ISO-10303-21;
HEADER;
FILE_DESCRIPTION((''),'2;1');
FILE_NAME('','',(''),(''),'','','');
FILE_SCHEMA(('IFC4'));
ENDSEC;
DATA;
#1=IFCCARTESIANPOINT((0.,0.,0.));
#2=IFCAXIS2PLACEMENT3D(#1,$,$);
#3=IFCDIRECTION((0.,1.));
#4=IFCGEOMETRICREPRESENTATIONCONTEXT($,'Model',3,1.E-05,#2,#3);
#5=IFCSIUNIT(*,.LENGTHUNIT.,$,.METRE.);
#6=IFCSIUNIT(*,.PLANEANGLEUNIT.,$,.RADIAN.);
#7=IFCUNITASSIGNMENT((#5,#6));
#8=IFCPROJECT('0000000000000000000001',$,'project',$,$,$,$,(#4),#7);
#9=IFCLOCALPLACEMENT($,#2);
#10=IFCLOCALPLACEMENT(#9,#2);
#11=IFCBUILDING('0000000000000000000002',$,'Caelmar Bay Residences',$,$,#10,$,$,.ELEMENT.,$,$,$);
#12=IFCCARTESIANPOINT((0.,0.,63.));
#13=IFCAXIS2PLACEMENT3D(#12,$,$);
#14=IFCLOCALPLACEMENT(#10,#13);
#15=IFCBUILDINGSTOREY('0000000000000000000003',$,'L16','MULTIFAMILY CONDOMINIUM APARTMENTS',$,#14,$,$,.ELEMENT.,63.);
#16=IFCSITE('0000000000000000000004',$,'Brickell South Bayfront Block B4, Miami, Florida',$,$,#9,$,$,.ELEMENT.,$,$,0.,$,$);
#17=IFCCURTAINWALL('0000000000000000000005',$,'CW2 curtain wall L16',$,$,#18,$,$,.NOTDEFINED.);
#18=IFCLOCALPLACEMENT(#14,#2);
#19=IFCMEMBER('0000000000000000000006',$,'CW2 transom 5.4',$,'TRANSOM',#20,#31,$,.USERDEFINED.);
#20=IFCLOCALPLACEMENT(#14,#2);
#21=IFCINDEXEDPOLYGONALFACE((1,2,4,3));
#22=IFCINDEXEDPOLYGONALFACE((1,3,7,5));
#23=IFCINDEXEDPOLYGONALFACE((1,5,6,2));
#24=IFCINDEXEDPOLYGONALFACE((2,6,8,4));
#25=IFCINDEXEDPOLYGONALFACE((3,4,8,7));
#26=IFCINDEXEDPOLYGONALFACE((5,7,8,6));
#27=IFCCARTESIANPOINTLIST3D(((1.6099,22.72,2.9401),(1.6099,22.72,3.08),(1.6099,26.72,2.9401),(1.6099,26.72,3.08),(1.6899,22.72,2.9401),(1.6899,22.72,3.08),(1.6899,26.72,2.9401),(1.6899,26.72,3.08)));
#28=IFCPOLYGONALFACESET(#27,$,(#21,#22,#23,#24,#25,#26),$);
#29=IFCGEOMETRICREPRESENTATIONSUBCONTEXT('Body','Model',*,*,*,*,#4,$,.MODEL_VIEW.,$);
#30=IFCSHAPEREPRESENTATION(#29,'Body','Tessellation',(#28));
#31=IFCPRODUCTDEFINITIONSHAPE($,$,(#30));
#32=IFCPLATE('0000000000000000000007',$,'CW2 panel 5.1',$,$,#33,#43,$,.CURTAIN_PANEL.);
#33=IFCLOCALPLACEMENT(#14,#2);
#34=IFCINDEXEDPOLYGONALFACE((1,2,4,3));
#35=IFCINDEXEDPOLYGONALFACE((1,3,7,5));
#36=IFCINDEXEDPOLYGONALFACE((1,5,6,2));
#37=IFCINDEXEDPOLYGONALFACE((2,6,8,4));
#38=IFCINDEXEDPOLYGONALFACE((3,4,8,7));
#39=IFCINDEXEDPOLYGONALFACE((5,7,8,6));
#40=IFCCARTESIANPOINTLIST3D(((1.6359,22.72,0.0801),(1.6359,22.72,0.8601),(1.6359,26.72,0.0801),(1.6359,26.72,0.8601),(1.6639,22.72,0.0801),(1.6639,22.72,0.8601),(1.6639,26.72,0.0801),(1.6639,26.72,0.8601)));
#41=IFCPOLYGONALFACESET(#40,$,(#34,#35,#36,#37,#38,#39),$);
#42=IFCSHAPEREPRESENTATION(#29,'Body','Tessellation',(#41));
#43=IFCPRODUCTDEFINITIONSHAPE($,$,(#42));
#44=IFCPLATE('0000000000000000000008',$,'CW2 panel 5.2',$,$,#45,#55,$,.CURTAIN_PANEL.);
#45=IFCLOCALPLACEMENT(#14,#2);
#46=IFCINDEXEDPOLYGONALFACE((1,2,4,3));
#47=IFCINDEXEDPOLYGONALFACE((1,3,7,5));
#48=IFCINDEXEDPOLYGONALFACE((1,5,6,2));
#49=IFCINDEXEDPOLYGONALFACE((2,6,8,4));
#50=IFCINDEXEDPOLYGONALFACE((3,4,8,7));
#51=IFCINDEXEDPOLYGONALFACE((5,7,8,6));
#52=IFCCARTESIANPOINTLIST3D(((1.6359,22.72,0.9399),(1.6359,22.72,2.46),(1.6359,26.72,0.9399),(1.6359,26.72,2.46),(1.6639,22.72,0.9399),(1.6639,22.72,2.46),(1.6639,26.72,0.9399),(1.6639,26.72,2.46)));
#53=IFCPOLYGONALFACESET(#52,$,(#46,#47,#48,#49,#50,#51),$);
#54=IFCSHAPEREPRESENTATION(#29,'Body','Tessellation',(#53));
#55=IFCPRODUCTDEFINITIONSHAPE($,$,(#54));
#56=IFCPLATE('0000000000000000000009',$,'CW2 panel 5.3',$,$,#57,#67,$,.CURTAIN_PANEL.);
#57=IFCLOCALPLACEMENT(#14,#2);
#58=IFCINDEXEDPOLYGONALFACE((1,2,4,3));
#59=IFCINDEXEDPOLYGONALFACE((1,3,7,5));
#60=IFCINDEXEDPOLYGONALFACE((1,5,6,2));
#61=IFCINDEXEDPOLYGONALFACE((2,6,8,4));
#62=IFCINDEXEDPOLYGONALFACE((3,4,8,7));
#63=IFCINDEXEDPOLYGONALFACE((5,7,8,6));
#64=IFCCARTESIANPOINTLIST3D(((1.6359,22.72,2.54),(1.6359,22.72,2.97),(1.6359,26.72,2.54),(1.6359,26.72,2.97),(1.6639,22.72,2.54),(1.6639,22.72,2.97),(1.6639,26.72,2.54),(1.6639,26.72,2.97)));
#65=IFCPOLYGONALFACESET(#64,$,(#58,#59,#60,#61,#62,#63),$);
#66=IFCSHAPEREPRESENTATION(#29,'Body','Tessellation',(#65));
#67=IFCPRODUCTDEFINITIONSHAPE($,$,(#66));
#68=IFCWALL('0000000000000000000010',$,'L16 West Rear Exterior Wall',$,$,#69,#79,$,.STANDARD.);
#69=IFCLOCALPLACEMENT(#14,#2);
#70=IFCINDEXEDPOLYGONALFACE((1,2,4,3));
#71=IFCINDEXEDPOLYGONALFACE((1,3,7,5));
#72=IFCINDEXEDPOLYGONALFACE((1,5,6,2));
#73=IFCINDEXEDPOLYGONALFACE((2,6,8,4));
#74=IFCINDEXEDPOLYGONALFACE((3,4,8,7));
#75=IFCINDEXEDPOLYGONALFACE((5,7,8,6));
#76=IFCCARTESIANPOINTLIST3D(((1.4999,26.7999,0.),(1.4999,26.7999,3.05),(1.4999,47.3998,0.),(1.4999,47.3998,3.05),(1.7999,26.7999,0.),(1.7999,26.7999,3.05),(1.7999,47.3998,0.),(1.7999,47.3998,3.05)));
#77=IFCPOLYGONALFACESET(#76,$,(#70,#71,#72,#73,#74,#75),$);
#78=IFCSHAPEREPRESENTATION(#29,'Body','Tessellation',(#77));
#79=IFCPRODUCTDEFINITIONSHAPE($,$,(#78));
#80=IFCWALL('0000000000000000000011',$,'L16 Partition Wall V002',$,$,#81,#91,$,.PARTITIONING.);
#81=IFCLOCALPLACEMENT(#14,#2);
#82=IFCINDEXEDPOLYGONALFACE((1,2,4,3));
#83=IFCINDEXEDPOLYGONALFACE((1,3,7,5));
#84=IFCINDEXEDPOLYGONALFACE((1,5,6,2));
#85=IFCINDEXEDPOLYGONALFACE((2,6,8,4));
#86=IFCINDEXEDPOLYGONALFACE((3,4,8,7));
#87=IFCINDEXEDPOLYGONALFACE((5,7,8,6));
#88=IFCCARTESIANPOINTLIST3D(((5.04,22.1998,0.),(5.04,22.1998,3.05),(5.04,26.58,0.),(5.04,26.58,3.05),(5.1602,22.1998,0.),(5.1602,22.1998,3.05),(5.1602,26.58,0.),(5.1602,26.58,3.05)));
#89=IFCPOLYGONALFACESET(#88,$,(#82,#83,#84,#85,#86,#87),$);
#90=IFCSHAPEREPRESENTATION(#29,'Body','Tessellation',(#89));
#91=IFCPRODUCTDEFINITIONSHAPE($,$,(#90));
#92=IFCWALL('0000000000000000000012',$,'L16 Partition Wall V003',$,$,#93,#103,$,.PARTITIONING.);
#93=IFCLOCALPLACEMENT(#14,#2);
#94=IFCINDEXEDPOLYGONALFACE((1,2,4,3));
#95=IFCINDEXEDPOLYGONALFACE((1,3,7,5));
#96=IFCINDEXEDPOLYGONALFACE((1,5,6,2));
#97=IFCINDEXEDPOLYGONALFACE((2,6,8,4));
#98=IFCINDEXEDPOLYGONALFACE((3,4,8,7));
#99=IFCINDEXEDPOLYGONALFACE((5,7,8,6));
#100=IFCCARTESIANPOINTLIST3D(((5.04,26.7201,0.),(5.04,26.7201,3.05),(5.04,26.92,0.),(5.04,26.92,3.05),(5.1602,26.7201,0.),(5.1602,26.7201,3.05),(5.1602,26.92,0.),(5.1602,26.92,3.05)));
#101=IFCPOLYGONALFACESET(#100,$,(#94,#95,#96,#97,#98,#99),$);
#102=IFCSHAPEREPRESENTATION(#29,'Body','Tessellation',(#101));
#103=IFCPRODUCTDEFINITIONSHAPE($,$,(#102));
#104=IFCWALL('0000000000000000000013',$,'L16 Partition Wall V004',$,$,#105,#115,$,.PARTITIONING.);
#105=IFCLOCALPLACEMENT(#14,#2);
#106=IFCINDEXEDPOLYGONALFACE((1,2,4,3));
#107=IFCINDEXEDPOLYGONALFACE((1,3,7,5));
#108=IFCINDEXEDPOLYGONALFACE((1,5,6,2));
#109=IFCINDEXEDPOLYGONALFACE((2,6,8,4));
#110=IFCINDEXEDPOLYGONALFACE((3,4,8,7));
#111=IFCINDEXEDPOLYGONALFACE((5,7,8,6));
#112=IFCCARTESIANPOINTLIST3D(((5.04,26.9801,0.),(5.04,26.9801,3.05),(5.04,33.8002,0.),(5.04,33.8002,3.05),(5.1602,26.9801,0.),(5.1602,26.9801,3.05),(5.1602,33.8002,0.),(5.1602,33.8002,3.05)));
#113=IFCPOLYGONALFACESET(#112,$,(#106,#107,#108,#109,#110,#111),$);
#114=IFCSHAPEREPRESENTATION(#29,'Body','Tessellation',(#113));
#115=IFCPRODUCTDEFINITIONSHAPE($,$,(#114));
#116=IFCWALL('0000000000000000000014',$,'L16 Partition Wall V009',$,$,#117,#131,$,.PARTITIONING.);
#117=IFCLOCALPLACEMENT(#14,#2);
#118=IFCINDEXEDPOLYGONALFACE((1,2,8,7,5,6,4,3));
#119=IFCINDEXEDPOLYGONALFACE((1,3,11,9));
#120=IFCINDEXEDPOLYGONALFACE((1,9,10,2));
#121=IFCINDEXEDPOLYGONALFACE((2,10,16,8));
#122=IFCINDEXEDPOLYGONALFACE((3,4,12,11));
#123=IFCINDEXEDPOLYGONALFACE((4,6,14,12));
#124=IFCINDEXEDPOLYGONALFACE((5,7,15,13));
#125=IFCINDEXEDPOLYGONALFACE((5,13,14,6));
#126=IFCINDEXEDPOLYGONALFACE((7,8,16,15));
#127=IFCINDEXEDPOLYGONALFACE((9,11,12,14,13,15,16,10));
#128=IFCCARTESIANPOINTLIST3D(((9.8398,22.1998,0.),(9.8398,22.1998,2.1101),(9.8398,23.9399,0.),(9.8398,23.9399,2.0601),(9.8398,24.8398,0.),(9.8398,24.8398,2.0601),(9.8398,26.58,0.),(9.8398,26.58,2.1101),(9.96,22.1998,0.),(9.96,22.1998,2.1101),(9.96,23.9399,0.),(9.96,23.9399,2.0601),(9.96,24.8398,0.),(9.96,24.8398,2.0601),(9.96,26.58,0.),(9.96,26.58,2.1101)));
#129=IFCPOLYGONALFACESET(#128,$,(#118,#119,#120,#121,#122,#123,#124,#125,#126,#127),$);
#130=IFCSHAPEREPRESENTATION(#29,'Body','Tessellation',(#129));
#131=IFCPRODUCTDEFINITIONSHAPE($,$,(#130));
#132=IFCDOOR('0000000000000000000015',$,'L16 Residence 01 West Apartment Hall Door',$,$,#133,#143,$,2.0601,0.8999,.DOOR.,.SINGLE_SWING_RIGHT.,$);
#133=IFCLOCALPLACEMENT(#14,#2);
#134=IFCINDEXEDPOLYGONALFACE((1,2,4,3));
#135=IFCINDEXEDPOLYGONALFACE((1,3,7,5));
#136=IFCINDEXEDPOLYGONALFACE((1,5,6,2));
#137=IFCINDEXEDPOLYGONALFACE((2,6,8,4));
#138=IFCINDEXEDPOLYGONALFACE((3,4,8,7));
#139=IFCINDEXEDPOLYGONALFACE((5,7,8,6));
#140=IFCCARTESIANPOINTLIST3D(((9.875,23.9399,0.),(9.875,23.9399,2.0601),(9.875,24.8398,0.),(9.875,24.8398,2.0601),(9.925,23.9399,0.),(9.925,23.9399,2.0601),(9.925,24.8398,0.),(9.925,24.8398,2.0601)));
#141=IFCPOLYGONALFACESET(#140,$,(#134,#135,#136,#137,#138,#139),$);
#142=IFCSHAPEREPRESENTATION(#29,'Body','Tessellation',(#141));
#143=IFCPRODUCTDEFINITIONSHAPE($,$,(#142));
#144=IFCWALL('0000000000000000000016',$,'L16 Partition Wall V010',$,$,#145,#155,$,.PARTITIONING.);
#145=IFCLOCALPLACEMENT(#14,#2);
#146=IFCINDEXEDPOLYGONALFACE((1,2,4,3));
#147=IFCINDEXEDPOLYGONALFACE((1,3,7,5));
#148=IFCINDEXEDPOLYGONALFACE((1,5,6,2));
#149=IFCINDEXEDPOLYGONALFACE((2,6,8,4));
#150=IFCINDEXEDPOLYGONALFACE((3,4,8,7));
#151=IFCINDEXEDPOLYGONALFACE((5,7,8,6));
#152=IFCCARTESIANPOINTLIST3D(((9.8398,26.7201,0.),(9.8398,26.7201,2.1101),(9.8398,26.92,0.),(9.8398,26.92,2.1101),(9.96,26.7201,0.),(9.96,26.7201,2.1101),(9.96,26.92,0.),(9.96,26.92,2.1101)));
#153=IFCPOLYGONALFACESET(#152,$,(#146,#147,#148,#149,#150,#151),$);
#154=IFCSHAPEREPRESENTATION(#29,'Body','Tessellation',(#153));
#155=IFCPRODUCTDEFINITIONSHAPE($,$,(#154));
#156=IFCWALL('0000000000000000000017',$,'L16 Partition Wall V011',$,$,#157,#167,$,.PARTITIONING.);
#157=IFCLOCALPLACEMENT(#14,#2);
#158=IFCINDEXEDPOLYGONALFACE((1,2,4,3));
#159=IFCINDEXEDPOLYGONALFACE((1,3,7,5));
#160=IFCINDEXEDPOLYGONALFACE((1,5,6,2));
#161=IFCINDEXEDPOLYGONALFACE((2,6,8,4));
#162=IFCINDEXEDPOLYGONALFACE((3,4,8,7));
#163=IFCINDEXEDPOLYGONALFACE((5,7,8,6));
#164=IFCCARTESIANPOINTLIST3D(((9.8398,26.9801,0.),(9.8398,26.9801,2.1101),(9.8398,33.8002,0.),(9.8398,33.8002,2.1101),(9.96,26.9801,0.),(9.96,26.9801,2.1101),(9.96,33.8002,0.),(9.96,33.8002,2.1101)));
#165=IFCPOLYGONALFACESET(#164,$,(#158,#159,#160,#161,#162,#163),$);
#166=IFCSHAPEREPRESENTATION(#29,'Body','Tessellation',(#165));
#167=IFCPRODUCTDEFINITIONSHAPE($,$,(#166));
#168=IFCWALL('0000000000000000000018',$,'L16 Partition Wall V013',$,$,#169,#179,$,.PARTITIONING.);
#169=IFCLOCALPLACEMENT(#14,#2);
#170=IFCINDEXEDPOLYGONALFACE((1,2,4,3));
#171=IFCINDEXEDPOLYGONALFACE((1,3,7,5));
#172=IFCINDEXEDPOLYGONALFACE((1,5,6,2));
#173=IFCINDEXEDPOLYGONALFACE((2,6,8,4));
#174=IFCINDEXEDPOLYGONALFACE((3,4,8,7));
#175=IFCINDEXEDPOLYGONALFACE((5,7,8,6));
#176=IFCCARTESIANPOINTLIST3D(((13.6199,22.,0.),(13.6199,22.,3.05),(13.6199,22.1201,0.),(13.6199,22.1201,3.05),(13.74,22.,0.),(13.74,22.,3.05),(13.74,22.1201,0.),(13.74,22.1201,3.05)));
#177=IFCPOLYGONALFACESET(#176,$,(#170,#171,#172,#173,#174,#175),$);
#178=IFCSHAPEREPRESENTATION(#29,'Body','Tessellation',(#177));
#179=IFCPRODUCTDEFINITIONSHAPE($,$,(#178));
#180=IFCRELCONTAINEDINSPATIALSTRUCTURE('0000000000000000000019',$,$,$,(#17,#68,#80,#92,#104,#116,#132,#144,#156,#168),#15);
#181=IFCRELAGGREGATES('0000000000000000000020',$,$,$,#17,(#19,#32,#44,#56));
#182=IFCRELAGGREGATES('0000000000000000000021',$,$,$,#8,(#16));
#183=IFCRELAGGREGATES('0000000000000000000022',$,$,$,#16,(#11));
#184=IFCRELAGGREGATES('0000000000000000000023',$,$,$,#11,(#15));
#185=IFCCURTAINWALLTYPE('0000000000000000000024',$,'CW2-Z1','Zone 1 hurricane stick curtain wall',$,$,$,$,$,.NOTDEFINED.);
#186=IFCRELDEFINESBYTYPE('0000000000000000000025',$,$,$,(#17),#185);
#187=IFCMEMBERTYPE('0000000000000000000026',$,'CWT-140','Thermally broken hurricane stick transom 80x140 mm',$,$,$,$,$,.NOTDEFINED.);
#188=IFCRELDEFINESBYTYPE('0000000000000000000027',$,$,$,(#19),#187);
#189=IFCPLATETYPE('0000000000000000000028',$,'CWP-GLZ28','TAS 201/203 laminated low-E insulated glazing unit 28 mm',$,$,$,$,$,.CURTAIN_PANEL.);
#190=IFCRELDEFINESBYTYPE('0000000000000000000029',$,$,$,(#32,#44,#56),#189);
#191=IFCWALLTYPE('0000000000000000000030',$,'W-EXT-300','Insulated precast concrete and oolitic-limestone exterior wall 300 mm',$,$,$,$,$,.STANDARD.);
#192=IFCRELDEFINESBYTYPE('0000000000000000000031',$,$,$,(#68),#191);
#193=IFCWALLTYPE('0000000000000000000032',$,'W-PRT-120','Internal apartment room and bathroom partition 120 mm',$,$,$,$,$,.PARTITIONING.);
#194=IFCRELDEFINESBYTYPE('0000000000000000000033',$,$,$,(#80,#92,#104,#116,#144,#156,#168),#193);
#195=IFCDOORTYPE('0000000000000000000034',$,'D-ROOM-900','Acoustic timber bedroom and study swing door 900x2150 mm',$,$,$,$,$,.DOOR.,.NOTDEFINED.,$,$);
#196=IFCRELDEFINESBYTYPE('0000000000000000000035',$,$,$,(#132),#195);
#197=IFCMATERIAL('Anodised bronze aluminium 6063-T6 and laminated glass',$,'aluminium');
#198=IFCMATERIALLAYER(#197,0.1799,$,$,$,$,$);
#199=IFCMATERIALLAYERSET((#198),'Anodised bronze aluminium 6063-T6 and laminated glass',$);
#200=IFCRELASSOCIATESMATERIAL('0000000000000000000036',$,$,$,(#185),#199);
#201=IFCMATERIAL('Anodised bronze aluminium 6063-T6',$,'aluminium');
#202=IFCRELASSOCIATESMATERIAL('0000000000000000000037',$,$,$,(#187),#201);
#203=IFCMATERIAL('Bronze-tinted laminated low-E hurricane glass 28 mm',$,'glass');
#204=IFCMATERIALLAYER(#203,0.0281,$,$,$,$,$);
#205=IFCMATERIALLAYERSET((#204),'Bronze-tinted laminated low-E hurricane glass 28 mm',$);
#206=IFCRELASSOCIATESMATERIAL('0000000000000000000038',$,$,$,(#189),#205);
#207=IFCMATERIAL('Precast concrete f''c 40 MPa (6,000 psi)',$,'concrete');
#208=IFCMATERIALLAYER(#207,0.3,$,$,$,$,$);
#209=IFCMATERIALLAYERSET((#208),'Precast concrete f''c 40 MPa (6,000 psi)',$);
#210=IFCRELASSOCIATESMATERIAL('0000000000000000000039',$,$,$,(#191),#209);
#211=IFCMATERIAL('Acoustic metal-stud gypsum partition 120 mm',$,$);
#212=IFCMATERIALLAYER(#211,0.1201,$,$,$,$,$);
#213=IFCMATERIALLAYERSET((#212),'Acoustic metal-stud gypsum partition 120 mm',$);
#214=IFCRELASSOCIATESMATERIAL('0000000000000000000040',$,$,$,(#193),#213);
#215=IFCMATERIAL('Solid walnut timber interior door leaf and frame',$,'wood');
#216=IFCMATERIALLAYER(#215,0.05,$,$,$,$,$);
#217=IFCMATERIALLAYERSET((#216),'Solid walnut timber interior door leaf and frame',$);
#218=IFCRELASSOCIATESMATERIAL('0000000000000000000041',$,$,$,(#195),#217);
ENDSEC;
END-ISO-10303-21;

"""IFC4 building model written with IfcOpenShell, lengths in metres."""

from ifc_helpers import new_model, si_unit, direction, frame, frame_2d, origin, origin_2d, place, context, subcontext, project, spatial, rectangle, extrude, material, layer, layer_set, material_profile, profile_set, type_object, element, fill, aggregate, save


model = new_model("IFC4")

# Units and contexts
model_context = context("Model", 3, precision=1e-05, world=origin(), true_north=direction((0.0, 1.0)))
body_context = subcontext(model_context, "Body", "Model", "MODEL_VIEW")
ifc_project = project(units=[si_unit("LENGTHUNIT", "METRE"), si_unit("PLANEANGLEUNIT", "RADIAN")], contexts=[model_context])

# Site, building, storey
site_placement = place(None, origin())
site = spatial("IfcSite", under=ifc_project, at=site_placement, Name="Brickell South Bayfront Block B4, Miami, Florida", CompositionType="ELEMENT", RefElevation=0.0)
building_placement = place(site_placement, origin())
building = spatial("IfcBuilding", under=site, at=building_placement, Name="Caelmar Bay Residences", CompositionType="ELEMENT")
storey_placement = place(building_placement, frame((0.0, 0.0, 63.0)))
storey = spatial("IfcBuildingStorey", under=building, at=storey_placement, Name="L16", Description="MULTIFAMILY CONDOMINIUM APARTMENTS", CompositionType="ELEMENT", Elevation=63.0)

# Curtain wall, member, plates
ifc_material_1 = material(Name="Anodised bronze aluminium 6063-T6 and laminated glass", Category="aluminium")
ifc_layer_1 = layer(ifc_material_1, 0.1799)
ifc_layer_set_1 = layer_set([ifc_layer_1], Name="Anodised bronze aluminium 6063-T6 and laminated glass")
curtain_wall_type = type_object("IfcCurtainWallType", Name="CW2-Z1", Description="Zone 1 hurricane stick curtain wall", PredefinedType="NOTDEFINED", material=ifc_layer_set_1)
curtain_wall_placement = place(storey_placement, origin())
curtain_wall = element("IfcCurtainWall", 1, at=curtain_wall_placement, inside=storey, type_object=curtain_wall_type, Name="CW2 curtain wall L16", PredefinedType="NOTDEFINED")
ifc_material_2 = material(Name="Anodised bronze aluminium 6063-T6", Category="aluminium")
ifc_material_profile_1 = material_profile(ifc_material_2, rectangle(XDim=0.0801, YDim=0.1399, at=origin_2d()), Name="CWT-80X140")
ifc_profile_set_1 = profile_set([ifc_material_profile_1], Name="Anodised bronze aluminium 6063-T6")
member_type_1 = type_object("IfcMemberType", Name="CWT-140", Description="Thermally broken hurricane stick transom 80x140 mm", PredefinedType="NOTDEFINED", material=ifc_profile_set_1)
member_1_placement = place(storey_placement, frame((1.6499, 22.72, 3.01), z_axis=(0.0, 1.0, 0.0), x_axis=(-1.0, 0.0, 0.0)))
member_1 = element("IfcMember", 2, at=member_1_placement, type_object=member_type_1, Name="CW2 transom 5.4", ObjectType="TRANSOM", PredefinedType="USERDEFINED", context=body_context, shape_type="SweptSolid", body=[
    extrude(rectangle(XDim=0.0801, YDim=0.1399, at=origin_2d()), origin(), (0.0, 0.0, 1.0), 4.0),
])
ifc_material_3 = material(Name="Bronze-tinted laminated low-E hurricane glass 28 mm", Category="glass")
ifc_layer_2 = layer(ifc_material_3, 0.0281)
ifc_layer_set_2 = layer_set([ifc_layer_2], Name="Bronze-tinted laminated low-E hurricane glass 28 mm")
plate_type = type_object("IfcPlateType", Name="CWP-GLZ28", Description="TAS 201/203 laminated low-E insulated glazing unit 28 mm", PredefinedType="CURTAIN_PANEL", material=ifc_layer_set_2)
plate_1_placement = place(storey_placement, frame((1.6499, 24.72, 0.0801), z_axis=(0.0, 0.0, 1.0), x_axis=(0.0, 1.0, 0.0)))
plate_1 = element("IfcPlate", 3, at=plate_1_placement, type_object=plate_type, Name="CW2 panel 5.1", PredefinedType="CURTAIN_PANEL", context=body_context, shape_type="SweptSolid", body=[
    extrude(rectangle(XDim=4.0, YDim=0.0281, at=origin_2d()), origin(), (0.0, 0.0, 1.0), 0.78),
])
plate_2_placement = place(storey_placement, frame((1.6499, 24.72, 0.9399), z_axis=(0.0, 0.0, 1.0), x_axis=(0.0, 1.0, 0.0)))
plate_2 = element("IfcPlate", 4, at=plate_2_placement, type_object=plate_type, Name="CW2 panel 5.2", PredefinedType="CURTAIN_PANEL", context=body_context, shape_type="SweptSolid", body=[
    extrude(rectangle(XDim=4.0, YDim=0.0281, at=origin_2d()), origin(), (0.0, 0.0, 1.0), 1.52),
])
plate_3_placement = place(storey_placement, frame((1.6499, 24.72, 2.54), z_axis=(0.0, 0.0, 1.0), x_axis=(0.0, 1.0, 0.0)))
plate_3 = element("IfcPlate", 5, at=plate_3_placement, type_object=plate_type, Name="CW2 panel 5.3", PredefinedType="CURTAIN_PANEL", context=body_context, shape_type="SweptSolid", body=[
    extrude(rectangle(XDim=4.0, YDim=0.0281, at=origin_2d()), origin(), (0.0, 0.0, 1.0), 0.4299),
])
aggregate(curtain_wall, [member_1, plate_1, plate_2, plate_3])

# Walls
ifc_material_4 = material(Name="Precast concrete f'c 40 MPa (6,000 psi)", Category="concrete")
ifc_layer_3 = layer(ifc_material_4, 0.3)
ifc_layer_set_3 = layer_set([ifc_layer_3], Name="Precast concrete f'c 40 MPa (6,000 psi)")
wall_type_1 = type_object("IfcWallType", Name="W-EXT-300", Description="Insulated precast concrete and oolitic-limestone exterior wall 300 mm", PredefinedType="STANDARD", material=ifc_layer_set_3)
wall_1_placement = place(storey_placement, frame((1.6499, 26.8, 0.0), z_axis=(0.0, 0.0, 1.0), x_axis=(0.0, 1.0, 0.0)))
element("IfcWall", 6, at=wall_1_placement, inside=storey, type_object=wall_type_1, Name="L16 West Rear Exterior Wall", PredefinedType="STANDARD", context=body_context, shape_type="SweptSolid", body=[
    extrude(rectangle(XDim=20.5999, YDim=0.3, at=frame_2d((10.2998, 0.0))), origin(), (0.0, 0.0, 1.0), 3.05),
])
ifc_material_5 = material(Name="Acoustic metal-stud gypsum partition 120 mm")
ifc_layer_4 = layer(ifc_material_5, 0.1201)
ifc_layer_set_4 = layer_set([ifc_layer_4], Name="Acoustic metal-stud gypsum partition 120 mm")
wall_type_2 = type_object("IfcWallType", Name="W-PRT-120", Description="Internal apartment room and bathroom partition 120 mm", PredefinedType="PARTITIONING", material=ifc_layer_set_4)
wall_2_placement = place(storey_placement, frame((5.1001, 22.2, 0.0), z_axis=(0.0, 0.0, 1.0), x_axis=(0.0, 1.0, 0.0)))
element("IfcWall", 7, at=wall_2_placement, inside=storey, type_object=wall_type_2, Name="L16 Partition Wall V002", PredefinedType="PARTITIONING", context=body_context, shape_type="SweptSolid", body=[
    extrude(rectangle(XDim=4.3801, YDim=0.1201, at=frame_2d((2.1899, 0.0))), origin(), (0.0, 0.0, 1.0), 3.05),
])
wall_3_placement = place(storey_placement, frame((5.1001, 26.72, 0.0), z_axis=(0.0, 0.0, 1.0), x_axis=(0.0, 1.0, 0.0)))
element("IfcWall", 8, at=wall_3_placement, inside=storey, type_object=wall_type_2, Name="L16 Partition Wall V003", PredefinedType="PARTITIONING", context=body_context, shape_type="SweptSolid", body=[
    extrude(rectangle(XDim=0.2, YDim=0.1201, at=frame_2d((0.1001, 0.0))), origin(), (0.0, 0.0, 1.0), 3.05),
])
wall_4_placement = place(storey_placement, frame((5.1001, 26.98, 0.0), z_axis=(0.0, 0.0, 1.0), x_axis=(0.0, 1.0, 0.0)))
element("IfcWall", 9, at=wall_4_placement, inside=storey, type_object=wall_type_2, Name="L16 Partition Wall V004", PredefinedType="PARTITIONING", context=body_context, shape_type="SweptSolid", body=[
    extrude(rectangle(XDim=6.8201, YDim=0.1201, at=frame_2d((3.4102, 0.0))), origin(), (0.0, 0.0, 1.0), 3.05),
])

# Wall, opening, door
wall_5_placement = place(storey_placement, frame((9.8999, 22.2, 0.0), z_axis=(0.0, 0.0, 1.0), x_axis=(0.0, 1.0, 0.0)))
wall_5 = element("IfcWall", 10, at=wall_5_placement, inside=storey, type_object=wall_type_2, Name="L16 Partition Wall V009", PredefinedType="PARTITIONING", context=body_context, shape_type="SweptSolid", body=[
    extrude(rectangle(XDim=4.3801, YDim=0.1201, at=frame_2d((2.1899, 0.0))), origin(), (0.0, 0.0, 1.0), 2.1101),
])
opening_1_placement = place(wall_5_placement, frame((1.74, 0.0, 0.0)))
opening_1 = element("IfcOpeningElement", 11, at=opening_1_placement, cuts=wall_5, PredefinedType="OPENING", context=body_context, shape_type="SweptSolid", body=[
    extrude(rectangle(XDim=0.8999, YDim=2.0601, at=frame_2d((0.45, 1.03))), frame((0.0, 0.0701, 0.0), z_axis=(0.0, -1.0, 0.0), x_axis=(1.0, 0.0, 0.0)), (0.0, 0.0, 1.0), 0.1401),
])
ifc_material_6 = material(Name="Solid walnut timber interior door leaf and frame", Category="wood")
ifc_layer_5 = layer(ifc_material_6, 0.05)
ifc_layer_set_5 = layer_set([ifc_layer_5], Name="Solid walnut timber interior door leaf and frame")
door_type_1 = type_object("IfcDoorType", Name="D-ROOM-900", Description="Acoustic timber bedroom and study swing door 900x2150 mm", OperationType="NOTDEFINED", PredefinedType="DOOR", material=ifc_layer_set_5)
door_1_placement = place(opening_1_placement, origin())
door_1 = element("IfcDoor", 12, at=door_1_placement, inside=storey, type_object=door_type_1, Name="L16 Residence 01 West Apartment Hall Door", OperationType="SINGLE_SWING_RIGHT", OverallHeight=2.0601, OverallWidth=0.8999, PredefinedType="DOOR", context=body_context, shape_type="SweptSolid", body=[
    extrude(rectangle(XDim=0.8999, YDim=2.0601, at=frame_2d((0.45, 1.03))), frame((0.0, 0.0249, 0.0), z_axis=(0.0, -1.0, 0.0), x_axis=(1.0, 0.0, 0.0)), (0.0, 0.0, 1.0), 0.05),
])
fill(opening_1, door_1)

# Walls
wall_6_placement = place(storey_placement, frame((9.8999, 26.72, 0.0), z_axis=(0.0, 0.0, 1.0), x_axis=(0.0, 1.0, 0.0)))
element("IfcWall", 13, at=wall_6_placement, inside=storey, type_object=wall_type_2, Name="L16 Partition Wall V010", PredefinedType="PARTITIONING", context=body_context, shape_type="SweptSolid", body=[
    extrude(rectangle(XDim=0.2, YDim=0.1201, at=frame_2d((0.1001, 0.0))), origin(), (0.0, 0.0, 1.0), 2.1101),
])
wall_7_placement = place(storey_placement, frame((9.8999, 26.98, 0.0), z_axis=(0.0, 0.0, 1.0), x_axis=(0.0, 1.0, 0.0)))
element("IfcWall", 14, at=wall_7_placement, inside=storey, type_object=wall_type_2, Name="L16 Partition Wall V011", PredefinedType="PARTITIONING", context=body_context, shape_type="SweptSolid", body=[
    extrude(rectangle(XDim=6.8201, YDim=0.1201, at=frame_2d((3.4102, 0.0))), origin(), (0.0, 0.0, 1.0), 2.1101),
])
wall_8_placement = place(storey_placement, frame((13.6799, 22.0, 0.0), z_axis=(0.0, 0.0, 1.0), x_axis=(0.0, 1.0, 0.0)))
element("IfcWall", 15, at=wall_8_placement, inside=storey, type_object=wall_type_2, Name="L16 Partition Wall V013", PredefinedType="PARTITIONING", context=body_context, shape_type="SweptSolid", body=[
    extrude(rectangle(XDim=0.1201, YDim=0.1201, at=frame_2d((0.0601, 0.0))), origin(), (0.0, 0.0, 1.0), 3.05),
])

save(model, "model.ifc")
